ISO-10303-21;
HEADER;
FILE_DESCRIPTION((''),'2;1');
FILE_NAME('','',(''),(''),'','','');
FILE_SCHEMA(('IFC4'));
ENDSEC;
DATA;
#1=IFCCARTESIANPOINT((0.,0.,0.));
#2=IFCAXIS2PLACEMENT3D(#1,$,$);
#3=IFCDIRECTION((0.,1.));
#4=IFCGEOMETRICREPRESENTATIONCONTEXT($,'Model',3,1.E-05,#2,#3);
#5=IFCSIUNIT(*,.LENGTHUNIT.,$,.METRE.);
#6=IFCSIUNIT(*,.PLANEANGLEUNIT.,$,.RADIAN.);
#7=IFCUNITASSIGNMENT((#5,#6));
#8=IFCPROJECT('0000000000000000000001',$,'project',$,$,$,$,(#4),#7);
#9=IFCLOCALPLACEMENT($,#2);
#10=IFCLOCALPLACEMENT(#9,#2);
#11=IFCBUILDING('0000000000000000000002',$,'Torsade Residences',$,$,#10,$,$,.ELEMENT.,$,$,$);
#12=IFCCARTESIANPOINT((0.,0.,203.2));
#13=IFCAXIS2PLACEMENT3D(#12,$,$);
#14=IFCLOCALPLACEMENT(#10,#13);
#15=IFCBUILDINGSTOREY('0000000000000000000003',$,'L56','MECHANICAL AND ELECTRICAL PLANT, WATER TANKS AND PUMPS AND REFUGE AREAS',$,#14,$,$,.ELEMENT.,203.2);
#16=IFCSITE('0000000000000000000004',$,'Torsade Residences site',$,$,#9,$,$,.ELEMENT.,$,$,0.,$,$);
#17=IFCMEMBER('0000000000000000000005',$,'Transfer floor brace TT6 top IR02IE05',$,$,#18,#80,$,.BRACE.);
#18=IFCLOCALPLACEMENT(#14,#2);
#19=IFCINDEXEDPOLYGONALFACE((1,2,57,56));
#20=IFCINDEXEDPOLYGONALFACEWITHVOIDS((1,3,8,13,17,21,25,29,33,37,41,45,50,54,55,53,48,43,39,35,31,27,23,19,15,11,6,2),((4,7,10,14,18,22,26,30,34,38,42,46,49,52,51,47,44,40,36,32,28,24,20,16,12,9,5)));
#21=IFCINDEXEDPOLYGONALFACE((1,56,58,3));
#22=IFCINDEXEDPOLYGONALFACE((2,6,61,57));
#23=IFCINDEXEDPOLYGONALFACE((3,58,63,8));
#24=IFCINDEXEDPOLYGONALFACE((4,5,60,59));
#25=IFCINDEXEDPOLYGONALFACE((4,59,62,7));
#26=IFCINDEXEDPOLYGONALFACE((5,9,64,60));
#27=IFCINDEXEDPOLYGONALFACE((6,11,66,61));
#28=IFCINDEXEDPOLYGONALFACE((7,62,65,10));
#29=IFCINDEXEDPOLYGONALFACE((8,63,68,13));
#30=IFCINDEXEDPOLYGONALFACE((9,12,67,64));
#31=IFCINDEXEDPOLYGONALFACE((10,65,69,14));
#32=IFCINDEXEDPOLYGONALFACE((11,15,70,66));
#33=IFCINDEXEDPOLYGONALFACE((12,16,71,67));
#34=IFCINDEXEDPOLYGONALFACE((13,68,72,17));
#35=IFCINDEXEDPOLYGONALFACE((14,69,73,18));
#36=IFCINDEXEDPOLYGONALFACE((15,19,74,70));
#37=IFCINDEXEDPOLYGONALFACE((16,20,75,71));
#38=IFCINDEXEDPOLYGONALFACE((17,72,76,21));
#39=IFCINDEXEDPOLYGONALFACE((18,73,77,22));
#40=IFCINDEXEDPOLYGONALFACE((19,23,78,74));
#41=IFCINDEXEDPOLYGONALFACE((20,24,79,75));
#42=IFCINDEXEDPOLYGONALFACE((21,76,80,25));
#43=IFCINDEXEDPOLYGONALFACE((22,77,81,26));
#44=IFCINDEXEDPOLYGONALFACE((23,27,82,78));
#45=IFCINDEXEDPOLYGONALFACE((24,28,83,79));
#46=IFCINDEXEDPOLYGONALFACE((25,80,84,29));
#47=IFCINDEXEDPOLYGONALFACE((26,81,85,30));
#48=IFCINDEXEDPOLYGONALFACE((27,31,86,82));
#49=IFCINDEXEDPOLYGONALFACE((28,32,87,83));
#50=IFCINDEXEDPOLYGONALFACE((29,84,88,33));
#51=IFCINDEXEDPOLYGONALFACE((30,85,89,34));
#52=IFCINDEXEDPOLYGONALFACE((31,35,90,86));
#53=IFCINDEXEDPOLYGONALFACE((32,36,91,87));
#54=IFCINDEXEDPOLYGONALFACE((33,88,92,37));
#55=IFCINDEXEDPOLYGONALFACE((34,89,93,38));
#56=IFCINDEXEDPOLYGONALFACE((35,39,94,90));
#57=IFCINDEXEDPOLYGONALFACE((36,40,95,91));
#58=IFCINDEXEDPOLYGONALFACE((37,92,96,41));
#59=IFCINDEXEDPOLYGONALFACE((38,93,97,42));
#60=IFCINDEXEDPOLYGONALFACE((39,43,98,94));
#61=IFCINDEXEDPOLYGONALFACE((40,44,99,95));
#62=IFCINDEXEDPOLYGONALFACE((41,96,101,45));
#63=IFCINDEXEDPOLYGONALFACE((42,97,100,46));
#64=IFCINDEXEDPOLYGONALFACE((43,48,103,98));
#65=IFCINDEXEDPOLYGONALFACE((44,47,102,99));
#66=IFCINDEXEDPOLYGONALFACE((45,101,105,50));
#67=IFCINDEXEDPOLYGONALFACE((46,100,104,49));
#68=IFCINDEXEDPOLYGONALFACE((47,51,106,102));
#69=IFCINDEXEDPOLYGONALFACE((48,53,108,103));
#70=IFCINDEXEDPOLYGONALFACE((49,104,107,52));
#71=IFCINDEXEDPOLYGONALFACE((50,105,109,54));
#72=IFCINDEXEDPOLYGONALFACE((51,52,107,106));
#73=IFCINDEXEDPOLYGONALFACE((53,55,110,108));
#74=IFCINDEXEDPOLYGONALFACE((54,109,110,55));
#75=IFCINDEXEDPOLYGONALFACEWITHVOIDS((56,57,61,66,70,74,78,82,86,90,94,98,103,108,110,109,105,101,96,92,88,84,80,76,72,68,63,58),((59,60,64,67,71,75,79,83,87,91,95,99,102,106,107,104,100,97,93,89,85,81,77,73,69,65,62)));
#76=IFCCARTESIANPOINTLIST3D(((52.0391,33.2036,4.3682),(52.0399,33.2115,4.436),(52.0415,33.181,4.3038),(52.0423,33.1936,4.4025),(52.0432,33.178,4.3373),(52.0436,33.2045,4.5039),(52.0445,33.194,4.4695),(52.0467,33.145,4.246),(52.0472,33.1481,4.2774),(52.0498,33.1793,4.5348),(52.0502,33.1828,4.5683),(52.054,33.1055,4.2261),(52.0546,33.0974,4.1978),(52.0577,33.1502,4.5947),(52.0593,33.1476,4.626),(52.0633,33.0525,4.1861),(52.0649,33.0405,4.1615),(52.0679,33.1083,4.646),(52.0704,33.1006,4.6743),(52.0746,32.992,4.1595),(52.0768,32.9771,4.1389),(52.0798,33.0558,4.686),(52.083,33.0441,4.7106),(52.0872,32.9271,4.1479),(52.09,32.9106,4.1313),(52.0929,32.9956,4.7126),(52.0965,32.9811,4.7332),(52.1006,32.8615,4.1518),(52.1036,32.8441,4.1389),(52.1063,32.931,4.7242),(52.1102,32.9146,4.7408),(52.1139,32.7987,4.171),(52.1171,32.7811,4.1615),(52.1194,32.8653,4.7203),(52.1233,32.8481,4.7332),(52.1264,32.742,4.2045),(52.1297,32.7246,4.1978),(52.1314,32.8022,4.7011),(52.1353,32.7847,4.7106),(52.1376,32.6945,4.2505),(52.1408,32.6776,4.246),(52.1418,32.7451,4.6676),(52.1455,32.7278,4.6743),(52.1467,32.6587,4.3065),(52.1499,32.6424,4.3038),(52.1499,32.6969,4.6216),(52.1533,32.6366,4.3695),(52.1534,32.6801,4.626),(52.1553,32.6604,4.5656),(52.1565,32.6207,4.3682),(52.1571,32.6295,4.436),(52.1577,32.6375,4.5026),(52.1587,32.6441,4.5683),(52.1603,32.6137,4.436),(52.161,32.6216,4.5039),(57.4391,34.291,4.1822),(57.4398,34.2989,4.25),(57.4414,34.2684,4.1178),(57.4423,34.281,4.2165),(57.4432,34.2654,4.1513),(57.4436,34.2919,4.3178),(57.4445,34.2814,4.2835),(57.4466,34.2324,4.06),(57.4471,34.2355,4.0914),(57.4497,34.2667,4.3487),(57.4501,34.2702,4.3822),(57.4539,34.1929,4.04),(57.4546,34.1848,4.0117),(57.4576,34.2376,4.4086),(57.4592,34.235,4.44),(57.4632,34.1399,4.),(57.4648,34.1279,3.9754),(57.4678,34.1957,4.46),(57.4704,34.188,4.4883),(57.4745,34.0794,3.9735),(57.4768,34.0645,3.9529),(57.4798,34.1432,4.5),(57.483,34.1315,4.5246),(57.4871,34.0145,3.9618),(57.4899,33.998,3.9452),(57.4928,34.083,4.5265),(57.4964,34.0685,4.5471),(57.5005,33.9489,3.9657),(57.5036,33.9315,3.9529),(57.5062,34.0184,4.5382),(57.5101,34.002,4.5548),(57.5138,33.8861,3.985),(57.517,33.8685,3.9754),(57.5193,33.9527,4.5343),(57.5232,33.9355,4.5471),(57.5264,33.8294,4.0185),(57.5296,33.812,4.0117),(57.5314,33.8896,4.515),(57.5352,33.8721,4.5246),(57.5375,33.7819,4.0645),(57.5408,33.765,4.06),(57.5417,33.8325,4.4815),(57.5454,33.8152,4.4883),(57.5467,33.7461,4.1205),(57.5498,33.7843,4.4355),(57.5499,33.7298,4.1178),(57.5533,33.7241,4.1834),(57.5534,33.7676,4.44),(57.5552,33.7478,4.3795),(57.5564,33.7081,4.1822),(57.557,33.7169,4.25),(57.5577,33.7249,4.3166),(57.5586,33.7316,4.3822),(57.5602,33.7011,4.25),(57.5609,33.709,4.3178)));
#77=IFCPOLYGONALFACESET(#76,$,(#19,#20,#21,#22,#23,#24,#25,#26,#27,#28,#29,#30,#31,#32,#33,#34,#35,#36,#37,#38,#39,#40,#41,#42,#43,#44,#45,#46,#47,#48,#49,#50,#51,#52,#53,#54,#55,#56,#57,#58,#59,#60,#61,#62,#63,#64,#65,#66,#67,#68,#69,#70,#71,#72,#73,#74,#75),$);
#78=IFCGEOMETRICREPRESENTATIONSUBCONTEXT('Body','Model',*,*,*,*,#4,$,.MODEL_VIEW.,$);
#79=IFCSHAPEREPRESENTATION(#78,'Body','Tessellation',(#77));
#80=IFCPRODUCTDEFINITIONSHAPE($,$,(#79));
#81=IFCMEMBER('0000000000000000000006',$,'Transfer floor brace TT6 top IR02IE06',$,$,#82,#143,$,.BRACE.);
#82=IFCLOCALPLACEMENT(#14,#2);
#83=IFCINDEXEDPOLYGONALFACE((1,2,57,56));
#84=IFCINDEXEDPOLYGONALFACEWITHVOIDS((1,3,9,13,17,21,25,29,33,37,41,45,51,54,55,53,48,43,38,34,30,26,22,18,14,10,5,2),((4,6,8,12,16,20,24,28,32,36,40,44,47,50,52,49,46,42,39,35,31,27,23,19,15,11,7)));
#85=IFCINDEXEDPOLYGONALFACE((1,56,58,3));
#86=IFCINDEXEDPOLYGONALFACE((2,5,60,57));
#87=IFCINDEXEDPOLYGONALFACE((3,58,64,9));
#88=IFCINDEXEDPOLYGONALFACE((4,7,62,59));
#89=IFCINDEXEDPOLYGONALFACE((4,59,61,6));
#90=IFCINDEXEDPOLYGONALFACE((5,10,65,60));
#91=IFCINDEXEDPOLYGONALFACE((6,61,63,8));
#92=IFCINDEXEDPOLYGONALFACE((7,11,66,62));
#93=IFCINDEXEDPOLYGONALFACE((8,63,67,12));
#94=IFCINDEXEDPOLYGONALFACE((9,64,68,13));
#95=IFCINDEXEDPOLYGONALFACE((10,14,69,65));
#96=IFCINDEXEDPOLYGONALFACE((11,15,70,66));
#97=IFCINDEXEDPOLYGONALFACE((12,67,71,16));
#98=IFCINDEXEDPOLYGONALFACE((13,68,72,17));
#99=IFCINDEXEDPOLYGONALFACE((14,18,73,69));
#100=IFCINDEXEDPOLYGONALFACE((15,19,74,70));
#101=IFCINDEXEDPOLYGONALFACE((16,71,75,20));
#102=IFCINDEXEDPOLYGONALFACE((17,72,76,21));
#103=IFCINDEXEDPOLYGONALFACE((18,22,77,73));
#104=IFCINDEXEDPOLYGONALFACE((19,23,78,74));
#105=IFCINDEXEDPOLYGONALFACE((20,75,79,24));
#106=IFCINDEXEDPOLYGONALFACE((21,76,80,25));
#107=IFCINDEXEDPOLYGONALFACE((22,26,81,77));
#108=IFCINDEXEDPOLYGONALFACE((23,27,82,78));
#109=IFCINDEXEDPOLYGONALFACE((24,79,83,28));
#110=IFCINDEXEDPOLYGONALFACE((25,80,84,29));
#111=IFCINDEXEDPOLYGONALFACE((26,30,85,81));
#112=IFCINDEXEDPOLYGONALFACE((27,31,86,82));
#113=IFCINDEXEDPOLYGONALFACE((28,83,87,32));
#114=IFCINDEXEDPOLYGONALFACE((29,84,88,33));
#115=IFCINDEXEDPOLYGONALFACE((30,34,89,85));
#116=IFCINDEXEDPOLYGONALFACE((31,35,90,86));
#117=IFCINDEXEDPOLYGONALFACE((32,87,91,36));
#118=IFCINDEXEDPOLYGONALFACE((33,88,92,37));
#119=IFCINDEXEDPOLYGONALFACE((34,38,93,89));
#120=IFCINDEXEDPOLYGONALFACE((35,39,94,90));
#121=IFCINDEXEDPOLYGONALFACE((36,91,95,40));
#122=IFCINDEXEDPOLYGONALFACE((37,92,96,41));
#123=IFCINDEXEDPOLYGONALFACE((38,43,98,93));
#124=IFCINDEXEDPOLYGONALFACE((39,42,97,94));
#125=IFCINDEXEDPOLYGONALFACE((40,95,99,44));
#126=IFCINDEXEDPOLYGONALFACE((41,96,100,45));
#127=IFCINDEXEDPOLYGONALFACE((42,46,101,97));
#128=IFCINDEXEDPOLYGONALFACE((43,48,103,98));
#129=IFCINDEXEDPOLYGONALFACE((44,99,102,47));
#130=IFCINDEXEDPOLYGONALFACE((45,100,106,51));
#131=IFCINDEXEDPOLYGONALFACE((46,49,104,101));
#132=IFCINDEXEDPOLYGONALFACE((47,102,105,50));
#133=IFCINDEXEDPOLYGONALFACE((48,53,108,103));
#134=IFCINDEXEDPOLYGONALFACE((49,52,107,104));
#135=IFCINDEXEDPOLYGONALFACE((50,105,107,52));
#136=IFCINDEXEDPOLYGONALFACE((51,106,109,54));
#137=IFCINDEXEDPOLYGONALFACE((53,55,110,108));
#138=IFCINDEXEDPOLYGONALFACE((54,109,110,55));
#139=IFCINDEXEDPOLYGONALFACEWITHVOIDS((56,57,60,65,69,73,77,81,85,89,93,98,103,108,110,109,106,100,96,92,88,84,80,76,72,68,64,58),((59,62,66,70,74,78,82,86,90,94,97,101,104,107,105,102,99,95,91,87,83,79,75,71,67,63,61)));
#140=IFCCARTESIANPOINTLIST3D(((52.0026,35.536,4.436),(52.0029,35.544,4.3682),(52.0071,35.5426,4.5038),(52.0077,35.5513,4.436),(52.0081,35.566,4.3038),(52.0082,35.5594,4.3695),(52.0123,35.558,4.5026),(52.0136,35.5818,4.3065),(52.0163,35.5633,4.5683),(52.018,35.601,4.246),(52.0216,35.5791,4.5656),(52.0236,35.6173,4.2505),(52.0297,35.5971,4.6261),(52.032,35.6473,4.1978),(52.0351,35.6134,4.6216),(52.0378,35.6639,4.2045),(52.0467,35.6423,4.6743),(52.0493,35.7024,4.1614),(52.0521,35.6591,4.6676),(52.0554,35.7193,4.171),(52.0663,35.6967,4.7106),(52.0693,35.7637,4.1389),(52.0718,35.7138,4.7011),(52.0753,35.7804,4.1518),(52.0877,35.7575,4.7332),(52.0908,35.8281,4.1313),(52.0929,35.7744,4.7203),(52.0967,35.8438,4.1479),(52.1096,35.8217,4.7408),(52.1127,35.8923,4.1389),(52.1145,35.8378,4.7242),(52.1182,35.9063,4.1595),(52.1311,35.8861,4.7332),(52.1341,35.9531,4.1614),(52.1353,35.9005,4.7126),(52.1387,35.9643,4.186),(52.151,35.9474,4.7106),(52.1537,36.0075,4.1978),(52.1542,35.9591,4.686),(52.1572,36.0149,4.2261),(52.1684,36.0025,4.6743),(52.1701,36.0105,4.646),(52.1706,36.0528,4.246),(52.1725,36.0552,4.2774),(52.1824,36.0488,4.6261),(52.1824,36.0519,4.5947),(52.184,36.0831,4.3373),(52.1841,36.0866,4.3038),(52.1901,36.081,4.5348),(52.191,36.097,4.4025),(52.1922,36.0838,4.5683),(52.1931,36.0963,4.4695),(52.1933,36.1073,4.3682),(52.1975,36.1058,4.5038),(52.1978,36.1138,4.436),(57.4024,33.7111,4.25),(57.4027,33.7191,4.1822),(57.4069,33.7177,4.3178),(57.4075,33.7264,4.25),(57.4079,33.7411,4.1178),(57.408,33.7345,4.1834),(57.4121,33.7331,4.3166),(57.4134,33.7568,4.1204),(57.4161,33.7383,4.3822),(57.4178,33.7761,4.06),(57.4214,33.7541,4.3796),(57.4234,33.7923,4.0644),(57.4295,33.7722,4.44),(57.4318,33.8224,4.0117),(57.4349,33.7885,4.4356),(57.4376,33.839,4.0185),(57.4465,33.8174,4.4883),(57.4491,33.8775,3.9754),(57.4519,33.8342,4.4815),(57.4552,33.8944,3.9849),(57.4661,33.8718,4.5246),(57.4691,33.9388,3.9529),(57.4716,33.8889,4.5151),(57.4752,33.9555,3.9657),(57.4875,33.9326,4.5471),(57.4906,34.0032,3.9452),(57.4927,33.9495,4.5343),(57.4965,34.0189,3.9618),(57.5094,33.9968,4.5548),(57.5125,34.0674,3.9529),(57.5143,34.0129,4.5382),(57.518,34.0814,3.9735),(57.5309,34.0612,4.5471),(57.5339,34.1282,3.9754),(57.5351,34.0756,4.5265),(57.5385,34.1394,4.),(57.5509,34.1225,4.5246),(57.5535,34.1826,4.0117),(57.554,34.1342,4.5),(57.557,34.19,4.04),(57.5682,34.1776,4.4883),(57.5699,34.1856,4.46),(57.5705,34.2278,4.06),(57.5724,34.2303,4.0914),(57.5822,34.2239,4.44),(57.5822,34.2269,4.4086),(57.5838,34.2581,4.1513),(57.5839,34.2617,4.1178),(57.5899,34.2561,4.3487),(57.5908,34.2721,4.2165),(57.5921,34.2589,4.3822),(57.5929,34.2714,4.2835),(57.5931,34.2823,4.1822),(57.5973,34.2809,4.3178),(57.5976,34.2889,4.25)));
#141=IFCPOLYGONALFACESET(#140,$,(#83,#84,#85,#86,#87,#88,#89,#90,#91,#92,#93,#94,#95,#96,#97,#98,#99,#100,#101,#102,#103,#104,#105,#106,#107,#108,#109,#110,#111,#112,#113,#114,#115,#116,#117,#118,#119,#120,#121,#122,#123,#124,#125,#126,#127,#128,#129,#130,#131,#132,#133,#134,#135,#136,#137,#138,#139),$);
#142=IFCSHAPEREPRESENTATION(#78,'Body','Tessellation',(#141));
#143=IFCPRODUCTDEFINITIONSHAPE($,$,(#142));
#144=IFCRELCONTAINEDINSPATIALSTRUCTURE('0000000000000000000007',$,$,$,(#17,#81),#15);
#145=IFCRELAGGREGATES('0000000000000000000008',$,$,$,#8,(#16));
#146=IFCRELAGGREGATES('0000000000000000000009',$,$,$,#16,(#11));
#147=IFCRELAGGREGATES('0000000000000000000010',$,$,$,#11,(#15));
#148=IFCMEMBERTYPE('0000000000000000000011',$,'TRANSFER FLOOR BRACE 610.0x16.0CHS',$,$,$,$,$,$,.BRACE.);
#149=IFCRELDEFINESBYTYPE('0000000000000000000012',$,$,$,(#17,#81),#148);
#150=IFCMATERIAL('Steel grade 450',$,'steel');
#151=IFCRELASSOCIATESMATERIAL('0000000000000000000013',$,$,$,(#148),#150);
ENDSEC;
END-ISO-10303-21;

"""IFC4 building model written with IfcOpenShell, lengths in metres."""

from ifc_helpers import new_model, si_unit, direction, frame, origin, origin_2d, place, context, subcontext, project, spatial, hollow_circle, extrude, material, material_profile, profile_set, type_object, element, save


model = new_model("IFC4")

# Units and contexts
model_context = context("Model", 3, precision=1e-05, world=origin(), true_north=direction((0.0, 1.0)))
body_context = subcontext(model_context, "Body", "Model", "MODEL_VIEW")
ifc_project = project(units=[si_unit("LENGTHUNIT", "METRE"), si_unit("PLANEANGLEUNIT", "RADIAN")], contexts=[model_context])

# Site, building, storey
site_placement = place(None, origin())
site = spatial("IfcSite", under=ifc_project, at=site_placement, Name="Torsade Residences site", CompositionType="ELEMENT", RefElevation=0.0)
building_placement = place(site_placement, origin())
building = spatial("IfcBuilding", under=site, at=building_placement, Name="Torsade Residences", CompositionType="ELEMENT")
storey_placement = place(building_placement, frame((0.0, 0.0, 203.2)))
storey = spatial("IfcBuildingStorey", under=building, at=storey_placement, Name="L56", Description="MECHANICAL AND ELECTRICAL PLANT, WATER TANKS AND PUMPS AND REFUGE AREAS", CompositionType="ELEMENT", Elevation=203.2)

# Members
ifc_material_1 = material(Name="Steel grade 450", Category="steel")
ifc_material_profile_1 = material_profile(ifc_material_1, hollow_circle(Radius=0.3049, WallThickness=0.0161, at=origin_2d()), Name="610.0x16.0CHS")
ifc_profile_set_1 = profile_set([ifc_material_profile_1], Name="Steel grade 450")
member_type_1 = type_object("IfcMemberType", Name="TRANSFER FLOOR BRACE 610.0x16.0CHS", PredefinedType="BRACE", material=ifc_profile_set_1)
member_1_placement = place(storey_placement, frame((57.5, 34.0, 4.25), z_axis=(-0.979762, -0.197299, 0.033754), x_axis=(0.197412, -0.980321, 0.0)))
element("IfcMember", 1, at=member_1_placement, inside=storey, type_object=member_type_1, Name="Transfer floor brace TT6 top IR02IE05", PredefinedType="BRACE", context=body_context, shape_type="SweptSolid", body=[
    extrude(hollow_circle(Radius=0.3049, WallThickness=0.0161, at=origin_2d()), origin(), (0.0, 0.0, 1.0), 5.5115),
])
member_2_placement = place(storey_placement, frame((57.5, 34.0, 4.25), z_axis=(-0.946856, 0.319999, 0.032621), x_axis=(-0.32017, -0.94736, 0.0)))
element("IfcMember", 2, at=member_2_placement, inside=storey, type_object=member_type_1, Name="Transfer floor brace TT6 top IR02IE06", PredefinedType="BRACE", context=body_context, shape_type="SweptSolid", body=[
    extrude(hollow_circle(Radius=0.3049, WallThickness=0.0161, at=origin_2d()), origin(), (0.0, 0.0, 1.0), 5.7029),
])

save(model, "model.ifc")
